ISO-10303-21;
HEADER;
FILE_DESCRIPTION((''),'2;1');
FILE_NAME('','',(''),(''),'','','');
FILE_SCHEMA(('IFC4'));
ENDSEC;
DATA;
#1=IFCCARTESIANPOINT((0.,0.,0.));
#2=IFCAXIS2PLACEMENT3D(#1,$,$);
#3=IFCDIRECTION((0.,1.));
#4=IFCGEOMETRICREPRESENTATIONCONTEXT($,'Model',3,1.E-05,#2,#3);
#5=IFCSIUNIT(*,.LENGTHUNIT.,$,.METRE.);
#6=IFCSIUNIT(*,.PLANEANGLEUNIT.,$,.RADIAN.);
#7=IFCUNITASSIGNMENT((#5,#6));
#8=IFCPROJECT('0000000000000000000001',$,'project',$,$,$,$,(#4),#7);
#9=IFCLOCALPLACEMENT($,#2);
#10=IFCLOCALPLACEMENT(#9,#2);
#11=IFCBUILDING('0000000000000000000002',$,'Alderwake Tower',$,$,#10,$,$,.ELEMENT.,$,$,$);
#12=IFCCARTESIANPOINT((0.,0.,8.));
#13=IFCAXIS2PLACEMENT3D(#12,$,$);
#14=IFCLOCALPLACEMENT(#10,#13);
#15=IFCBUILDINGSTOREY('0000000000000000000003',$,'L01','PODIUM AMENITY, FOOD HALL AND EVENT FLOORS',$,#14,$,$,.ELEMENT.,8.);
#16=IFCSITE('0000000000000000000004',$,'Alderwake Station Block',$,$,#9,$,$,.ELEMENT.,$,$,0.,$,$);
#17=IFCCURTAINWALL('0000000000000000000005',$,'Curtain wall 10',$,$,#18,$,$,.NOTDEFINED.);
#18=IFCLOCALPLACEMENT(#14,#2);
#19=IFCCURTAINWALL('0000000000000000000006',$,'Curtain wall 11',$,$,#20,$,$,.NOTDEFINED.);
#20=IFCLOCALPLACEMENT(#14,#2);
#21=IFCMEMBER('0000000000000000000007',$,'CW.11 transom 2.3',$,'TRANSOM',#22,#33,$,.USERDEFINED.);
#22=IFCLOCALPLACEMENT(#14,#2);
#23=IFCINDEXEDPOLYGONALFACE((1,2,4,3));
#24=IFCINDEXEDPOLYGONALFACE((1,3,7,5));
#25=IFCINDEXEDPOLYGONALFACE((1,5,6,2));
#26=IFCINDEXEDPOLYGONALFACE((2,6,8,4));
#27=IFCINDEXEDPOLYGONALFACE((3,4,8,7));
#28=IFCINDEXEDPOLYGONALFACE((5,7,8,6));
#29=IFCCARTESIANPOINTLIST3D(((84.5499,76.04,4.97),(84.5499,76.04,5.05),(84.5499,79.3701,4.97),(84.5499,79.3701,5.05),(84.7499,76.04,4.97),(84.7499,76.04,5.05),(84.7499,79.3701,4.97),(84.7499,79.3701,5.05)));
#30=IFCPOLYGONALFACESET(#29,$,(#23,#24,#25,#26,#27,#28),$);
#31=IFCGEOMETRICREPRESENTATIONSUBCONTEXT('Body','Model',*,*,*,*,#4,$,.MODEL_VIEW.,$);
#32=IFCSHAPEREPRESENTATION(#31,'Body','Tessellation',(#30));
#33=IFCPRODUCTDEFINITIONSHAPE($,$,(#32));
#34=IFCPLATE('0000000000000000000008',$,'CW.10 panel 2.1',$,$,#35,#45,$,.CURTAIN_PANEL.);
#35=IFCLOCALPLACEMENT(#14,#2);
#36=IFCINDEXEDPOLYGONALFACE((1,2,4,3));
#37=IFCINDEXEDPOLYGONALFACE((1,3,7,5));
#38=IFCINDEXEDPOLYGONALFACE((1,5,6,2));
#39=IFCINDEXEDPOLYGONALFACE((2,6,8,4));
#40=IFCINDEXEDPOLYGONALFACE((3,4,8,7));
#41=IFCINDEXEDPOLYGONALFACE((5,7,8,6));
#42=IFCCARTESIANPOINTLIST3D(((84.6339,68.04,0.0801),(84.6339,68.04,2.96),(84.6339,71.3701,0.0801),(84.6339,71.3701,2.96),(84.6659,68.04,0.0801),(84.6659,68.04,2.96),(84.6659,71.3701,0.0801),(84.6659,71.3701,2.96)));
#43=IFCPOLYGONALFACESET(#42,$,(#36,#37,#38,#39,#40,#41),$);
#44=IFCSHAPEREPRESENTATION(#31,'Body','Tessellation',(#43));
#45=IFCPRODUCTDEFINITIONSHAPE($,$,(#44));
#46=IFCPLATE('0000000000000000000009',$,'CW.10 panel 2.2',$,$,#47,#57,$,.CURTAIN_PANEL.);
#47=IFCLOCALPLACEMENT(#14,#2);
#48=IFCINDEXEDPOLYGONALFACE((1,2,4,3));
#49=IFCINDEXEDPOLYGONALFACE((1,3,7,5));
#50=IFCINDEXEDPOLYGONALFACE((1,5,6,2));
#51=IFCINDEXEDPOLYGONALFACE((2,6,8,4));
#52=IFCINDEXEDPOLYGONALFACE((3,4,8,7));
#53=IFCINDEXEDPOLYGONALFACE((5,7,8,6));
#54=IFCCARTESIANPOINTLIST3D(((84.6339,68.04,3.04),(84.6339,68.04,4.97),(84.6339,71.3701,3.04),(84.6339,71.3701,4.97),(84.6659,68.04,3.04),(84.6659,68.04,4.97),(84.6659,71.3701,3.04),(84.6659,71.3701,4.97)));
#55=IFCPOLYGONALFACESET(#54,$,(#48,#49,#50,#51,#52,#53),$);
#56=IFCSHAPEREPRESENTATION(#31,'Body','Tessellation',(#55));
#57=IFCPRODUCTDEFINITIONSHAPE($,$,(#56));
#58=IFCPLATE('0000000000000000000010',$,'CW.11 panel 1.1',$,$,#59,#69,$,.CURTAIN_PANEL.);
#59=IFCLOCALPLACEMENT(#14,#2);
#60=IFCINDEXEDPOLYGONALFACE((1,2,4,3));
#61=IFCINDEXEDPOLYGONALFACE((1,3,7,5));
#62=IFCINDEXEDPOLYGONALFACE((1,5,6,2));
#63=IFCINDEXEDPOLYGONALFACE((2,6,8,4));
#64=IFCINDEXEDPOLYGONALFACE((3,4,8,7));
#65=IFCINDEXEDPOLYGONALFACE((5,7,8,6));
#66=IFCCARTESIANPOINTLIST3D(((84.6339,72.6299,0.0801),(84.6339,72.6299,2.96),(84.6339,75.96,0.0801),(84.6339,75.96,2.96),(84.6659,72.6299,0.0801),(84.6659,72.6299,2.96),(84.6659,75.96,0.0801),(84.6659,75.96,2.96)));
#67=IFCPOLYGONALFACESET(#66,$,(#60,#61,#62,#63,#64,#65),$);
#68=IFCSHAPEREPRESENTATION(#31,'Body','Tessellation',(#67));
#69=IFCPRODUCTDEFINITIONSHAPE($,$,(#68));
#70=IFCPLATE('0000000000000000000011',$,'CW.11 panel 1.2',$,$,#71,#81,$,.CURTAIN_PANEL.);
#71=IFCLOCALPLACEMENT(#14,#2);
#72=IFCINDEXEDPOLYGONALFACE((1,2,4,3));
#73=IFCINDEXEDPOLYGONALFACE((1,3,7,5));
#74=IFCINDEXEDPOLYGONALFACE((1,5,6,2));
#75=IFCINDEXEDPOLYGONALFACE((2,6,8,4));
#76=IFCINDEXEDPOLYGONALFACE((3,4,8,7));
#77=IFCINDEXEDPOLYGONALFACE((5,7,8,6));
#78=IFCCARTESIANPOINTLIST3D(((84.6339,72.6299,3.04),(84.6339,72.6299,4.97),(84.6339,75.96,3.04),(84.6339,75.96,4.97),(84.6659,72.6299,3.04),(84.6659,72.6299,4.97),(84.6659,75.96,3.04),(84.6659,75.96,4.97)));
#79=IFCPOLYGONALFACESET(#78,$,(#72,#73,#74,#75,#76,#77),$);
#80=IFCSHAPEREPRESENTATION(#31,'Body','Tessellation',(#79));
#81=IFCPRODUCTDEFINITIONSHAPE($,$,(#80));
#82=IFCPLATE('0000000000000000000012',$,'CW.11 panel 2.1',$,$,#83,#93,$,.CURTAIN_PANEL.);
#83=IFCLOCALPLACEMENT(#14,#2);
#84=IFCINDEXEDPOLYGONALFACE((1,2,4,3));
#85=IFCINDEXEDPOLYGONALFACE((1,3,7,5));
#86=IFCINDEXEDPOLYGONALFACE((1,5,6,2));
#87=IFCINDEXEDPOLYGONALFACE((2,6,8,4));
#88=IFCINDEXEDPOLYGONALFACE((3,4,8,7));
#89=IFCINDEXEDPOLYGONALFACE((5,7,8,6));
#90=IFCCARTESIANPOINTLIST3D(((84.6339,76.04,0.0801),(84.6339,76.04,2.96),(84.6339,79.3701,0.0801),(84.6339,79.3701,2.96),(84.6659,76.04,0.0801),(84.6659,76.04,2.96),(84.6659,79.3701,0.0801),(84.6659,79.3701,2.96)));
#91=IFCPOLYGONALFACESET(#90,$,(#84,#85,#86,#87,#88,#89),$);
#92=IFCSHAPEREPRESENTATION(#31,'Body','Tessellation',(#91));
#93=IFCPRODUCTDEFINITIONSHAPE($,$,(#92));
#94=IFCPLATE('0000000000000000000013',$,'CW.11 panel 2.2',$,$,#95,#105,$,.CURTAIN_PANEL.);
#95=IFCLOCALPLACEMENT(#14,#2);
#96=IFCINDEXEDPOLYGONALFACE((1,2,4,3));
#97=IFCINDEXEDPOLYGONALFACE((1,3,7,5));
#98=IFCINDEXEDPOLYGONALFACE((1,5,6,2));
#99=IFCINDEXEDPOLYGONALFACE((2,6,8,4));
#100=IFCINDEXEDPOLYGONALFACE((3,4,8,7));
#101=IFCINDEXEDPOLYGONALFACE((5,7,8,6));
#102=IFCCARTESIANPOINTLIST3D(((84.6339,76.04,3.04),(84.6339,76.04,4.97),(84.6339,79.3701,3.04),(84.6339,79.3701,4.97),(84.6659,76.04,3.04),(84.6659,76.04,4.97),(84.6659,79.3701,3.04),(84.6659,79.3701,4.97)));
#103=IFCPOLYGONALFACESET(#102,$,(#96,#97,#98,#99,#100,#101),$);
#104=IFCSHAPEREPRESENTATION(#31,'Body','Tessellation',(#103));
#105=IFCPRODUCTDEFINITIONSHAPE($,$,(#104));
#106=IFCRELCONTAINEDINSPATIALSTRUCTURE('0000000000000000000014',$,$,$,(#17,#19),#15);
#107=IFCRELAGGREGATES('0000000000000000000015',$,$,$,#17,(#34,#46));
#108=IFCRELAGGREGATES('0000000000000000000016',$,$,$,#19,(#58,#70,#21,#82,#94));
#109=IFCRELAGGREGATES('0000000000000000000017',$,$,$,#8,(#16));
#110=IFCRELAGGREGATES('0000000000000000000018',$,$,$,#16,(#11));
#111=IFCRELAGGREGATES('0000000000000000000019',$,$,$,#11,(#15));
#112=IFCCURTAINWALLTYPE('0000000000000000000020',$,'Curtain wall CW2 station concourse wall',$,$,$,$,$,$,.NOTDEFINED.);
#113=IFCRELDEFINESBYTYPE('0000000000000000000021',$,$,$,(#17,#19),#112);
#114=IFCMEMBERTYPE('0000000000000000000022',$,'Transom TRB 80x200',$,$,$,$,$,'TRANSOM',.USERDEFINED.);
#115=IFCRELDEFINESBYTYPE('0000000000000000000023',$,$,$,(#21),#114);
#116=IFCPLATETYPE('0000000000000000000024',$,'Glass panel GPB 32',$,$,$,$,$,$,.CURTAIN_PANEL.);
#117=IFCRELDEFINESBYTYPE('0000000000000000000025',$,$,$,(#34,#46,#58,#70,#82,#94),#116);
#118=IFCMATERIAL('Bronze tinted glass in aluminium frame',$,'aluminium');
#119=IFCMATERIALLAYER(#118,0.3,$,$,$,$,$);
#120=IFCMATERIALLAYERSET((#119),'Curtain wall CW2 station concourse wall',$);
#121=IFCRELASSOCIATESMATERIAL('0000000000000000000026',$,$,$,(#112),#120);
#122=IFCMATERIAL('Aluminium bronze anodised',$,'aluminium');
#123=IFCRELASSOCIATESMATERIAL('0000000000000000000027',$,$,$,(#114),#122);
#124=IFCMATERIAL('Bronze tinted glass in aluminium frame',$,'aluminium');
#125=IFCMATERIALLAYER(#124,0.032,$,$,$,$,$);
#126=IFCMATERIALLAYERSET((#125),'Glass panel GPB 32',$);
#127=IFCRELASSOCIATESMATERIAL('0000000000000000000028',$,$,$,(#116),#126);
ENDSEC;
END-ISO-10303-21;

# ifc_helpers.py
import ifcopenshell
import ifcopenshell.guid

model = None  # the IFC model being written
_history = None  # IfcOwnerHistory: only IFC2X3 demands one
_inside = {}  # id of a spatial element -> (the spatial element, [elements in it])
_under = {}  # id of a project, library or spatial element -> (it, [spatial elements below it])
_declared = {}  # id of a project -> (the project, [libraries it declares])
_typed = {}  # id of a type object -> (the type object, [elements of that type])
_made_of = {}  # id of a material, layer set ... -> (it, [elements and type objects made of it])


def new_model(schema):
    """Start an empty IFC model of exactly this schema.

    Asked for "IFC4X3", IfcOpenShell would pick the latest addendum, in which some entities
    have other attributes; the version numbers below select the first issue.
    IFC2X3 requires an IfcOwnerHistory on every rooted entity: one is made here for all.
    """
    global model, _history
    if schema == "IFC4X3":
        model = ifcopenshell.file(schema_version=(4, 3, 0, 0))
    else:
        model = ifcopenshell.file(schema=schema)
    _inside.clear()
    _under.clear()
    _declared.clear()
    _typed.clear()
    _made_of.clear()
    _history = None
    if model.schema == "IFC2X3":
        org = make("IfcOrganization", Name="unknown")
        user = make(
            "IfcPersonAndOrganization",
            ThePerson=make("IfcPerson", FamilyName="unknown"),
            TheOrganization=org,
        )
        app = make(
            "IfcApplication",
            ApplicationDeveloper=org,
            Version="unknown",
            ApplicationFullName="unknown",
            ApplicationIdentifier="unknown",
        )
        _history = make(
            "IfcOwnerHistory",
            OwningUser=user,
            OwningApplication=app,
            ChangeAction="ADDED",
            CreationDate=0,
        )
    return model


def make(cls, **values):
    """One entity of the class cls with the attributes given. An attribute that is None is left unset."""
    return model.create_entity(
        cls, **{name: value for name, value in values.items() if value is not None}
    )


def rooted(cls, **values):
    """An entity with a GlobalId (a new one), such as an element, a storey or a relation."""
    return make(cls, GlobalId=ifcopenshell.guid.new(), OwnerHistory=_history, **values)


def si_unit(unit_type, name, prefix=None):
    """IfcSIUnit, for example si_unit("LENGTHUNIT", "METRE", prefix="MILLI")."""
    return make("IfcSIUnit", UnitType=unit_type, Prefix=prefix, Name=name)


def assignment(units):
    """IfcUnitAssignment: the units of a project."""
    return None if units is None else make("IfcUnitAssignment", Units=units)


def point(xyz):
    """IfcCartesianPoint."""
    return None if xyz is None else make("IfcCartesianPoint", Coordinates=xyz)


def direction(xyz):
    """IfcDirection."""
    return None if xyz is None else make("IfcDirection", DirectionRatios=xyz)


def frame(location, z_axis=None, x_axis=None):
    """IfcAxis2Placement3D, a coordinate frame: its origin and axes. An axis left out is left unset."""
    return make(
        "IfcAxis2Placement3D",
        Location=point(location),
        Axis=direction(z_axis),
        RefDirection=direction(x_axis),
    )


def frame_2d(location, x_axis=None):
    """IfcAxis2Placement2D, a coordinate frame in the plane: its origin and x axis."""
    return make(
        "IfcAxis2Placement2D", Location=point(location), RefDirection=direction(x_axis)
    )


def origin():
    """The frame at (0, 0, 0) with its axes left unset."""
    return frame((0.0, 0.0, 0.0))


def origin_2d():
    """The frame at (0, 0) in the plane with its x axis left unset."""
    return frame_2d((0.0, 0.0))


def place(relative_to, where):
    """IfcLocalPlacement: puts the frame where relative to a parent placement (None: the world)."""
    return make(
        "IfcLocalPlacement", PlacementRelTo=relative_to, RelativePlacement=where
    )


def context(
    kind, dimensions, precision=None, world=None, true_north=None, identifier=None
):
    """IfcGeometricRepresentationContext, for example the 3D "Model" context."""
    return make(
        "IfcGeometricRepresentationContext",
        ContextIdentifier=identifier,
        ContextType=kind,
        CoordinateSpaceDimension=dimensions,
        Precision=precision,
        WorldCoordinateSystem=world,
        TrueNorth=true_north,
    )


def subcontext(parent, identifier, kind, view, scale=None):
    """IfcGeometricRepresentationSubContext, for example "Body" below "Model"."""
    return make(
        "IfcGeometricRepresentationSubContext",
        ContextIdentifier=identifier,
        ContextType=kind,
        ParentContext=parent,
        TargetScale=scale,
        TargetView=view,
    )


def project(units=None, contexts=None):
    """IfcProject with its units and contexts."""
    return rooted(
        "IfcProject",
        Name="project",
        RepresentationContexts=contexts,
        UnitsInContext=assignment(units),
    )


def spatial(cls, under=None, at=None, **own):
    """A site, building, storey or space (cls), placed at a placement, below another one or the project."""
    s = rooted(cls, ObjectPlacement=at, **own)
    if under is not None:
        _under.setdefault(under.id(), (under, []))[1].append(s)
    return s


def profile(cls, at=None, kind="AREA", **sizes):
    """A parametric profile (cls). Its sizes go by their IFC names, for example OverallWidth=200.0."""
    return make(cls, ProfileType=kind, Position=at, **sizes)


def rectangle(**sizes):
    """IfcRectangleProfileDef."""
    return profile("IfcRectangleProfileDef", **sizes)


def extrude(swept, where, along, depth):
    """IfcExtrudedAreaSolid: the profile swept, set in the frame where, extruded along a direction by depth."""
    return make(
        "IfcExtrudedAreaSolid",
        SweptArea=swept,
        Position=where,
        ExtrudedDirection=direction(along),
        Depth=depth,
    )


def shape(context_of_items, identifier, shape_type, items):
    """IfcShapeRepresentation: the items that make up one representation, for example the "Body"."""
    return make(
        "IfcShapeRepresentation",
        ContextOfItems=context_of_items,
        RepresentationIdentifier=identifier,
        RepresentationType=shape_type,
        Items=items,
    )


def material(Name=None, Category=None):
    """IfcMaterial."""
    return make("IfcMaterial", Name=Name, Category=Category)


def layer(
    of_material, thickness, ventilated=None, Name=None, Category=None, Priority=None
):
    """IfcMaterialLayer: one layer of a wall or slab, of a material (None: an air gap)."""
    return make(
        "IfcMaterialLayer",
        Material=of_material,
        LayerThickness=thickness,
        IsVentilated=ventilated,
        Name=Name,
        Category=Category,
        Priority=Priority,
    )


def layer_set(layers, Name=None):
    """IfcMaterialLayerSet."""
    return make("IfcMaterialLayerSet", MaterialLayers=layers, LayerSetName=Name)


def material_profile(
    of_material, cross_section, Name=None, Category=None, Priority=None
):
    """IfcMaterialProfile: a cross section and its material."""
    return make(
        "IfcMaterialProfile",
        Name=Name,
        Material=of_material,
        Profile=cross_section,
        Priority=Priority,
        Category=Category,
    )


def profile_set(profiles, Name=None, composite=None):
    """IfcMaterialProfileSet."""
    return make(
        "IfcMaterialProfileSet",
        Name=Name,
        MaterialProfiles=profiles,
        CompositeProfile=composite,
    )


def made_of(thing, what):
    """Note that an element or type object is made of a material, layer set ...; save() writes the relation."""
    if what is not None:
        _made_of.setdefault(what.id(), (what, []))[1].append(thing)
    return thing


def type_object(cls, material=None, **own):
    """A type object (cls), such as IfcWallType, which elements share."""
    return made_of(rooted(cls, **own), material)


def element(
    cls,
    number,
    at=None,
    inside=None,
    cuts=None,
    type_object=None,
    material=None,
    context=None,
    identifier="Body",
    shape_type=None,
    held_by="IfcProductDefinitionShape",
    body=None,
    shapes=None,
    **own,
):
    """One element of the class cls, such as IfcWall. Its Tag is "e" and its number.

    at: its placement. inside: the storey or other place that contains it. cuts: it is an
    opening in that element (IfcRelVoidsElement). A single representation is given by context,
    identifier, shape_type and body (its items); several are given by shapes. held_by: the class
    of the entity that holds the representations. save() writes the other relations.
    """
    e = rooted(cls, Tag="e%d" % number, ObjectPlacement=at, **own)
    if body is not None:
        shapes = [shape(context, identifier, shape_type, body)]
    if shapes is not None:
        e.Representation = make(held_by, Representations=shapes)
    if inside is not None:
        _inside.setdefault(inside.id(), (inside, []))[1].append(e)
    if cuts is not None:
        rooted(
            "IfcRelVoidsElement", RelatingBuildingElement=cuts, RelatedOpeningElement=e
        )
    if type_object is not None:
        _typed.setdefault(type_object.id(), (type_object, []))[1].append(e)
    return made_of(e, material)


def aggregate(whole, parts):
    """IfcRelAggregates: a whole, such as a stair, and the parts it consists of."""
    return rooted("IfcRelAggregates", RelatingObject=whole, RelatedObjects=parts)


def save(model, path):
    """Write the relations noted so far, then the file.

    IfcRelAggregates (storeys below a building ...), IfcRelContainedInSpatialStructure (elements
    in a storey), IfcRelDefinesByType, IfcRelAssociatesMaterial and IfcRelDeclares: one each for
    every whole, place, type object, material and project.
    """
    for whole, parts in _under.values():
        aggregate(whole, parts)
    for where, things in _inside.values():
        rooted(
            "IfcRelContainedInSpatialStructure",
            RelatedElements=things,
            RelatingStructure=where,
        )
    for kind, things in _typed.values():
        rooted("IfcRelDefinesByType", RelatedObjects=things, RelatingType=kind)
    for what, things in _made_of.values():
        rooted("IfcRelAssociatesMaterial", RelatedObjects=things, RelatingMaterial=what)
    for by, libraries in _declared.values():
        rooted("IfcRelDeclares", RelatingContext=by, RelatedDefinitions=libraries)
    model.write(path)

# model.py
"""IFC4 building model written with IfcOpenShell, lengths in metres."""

from ifc_helpers import new_model, si_unit, direction, frame, origin, origin_2d, place, context, subcontext, project, spatial, rectangle, extrude, material, layer, layer_set, material_profile, profile_set, type_object, element, aggregate, save


model = new_model("IFC4")

# Units and contexts
model_context = context("Model", 3, precision=1e-05, world=origin(), true_north=direction((0.0, 1.0)))
body_context = subcontext(model_context, "Body", "Model", "MODEL_VIEW")
ifc_project = project(units=[si_unit("LENGTHUNIT", "METRE"), si_unit("PLANEANGLEUNIT", "RADIAN")], contexts=[model_context])

# Site, building, storey
site_placement = place(None, origin())
site = spatial("IfcSite", under=ifc_project, at=site_placement, Name="Alderwake Station Block", CompositionType="ELEMENT", RefElevation=0.0)
building_placement = place(site_placement, origin())
building = spatial("IfcBuilding", under=site, at=building_placement, Name="Alderwake Tower", CompositionType="ELEMENT")
storey_placement = place(building_placement, frame((0.0, 0.0, 8.0)))
storey = spatial("IfcBuildingStorey", under=building, at=storey_placement, Name="L01", Description="PODIUM AMENITY, FOOD HALL AND EVENT FLOORS", CompositionType="ELEMENT", Elevation=8.0)

# Curtain wall
ifc_material_1 = material(Name="Bronze tinted glass in aluminium frame", Category="aluminium")
ifc_layer_1 = layer(ifc_material_1, 0.3)
ifc_layer_set_1 = layer_set([ifc_layer_1], Name="Curtain wall CW2 station concourse wall")
curtain_wall_type_1 = type_object("IfcCurtainWallType", Name="Curtain wall CW2 station concourse wall", PredefinedType="NOTDEFINED", material=ifc_layer_set_1)
curtain_wall_1_placement = place(storey_placement, origin())
curtain_wall_1 = element("IfcCurtainWall", 1, at=curtain_wall_1_placement, inside=storey, type_object=curtain_wall_type_1, Name="Curtain wall 10", PredefinedType="NOTDEFINED")

# Curtain wall
curtain_wall_2_placement = place(storey_placement, origin())
curtain_wall_2 = element("IfcCurtainWall", 2, at=curtain_wall_2_placement, inside=storey, type_object=curtain_wall_type_1, Name="Curtain wall 11", PredefinedType="NOTDEFINED")

# Member
ifc_material_2 = material(Name="Aluminium bronze anodised", Category="aluminium")
ifc_material_profile_1 = material_profile(ifc_material_2, rectangle(XDim=0.2, YDim=0.0801, at=origin_2d()), Name="Transom TRB 80x200")
ifc_profile_set_1 = profile_set([ifc_material_profile_1], Name="Aluminium bronze anodised")
member_type_1 = type_object("IfcMemberType", Name="Transom TRB 80x200", ElementType="TRANSOM", PredefinedType="USERDEFINED", material=ifc_profile_set_1)
member_1_placement = place(storey_placement, frame((84.6499, 76.04, 5.01), z_axis=(0.0, 1.0, 0.0), x_axis=(-1.0, 0.0, 0.0)))
member_1 = element("IfcMember", 3, at=member_1_placement, type_object=member_type_1, Name="CW.11 transom 2.3", ObjectType="TRANSOM", PredefinedType="USERDEFINED", context=body_context, shape_type="SweptSolid", body=[
    extrude(rectangle(XDim=0.2, YDim=0.0801, at=origin_2d()), origin(), (0.0, 0.0, 1.0), 3.3301),
])

# Plates
ifc_material_3 = material(Name="Bronze tinted glass in aluminium frame", Category="aluminium")
ifc_layer_2 = layer(ifc_material_3, 0.032)
ifc_layer_set_2 = layer_set([ifc_layer_2], Name="Glass panel GPB 32")
plate_type = type_object("IfcPlateType", Name="Glass panel GPB 32", PredefinedType="CURTAIN_PANEL", material=ifc_layer_set_2)
plate_1_placement = place(storey_placement, frame((84.6499, 69.7051, 0.0801), z_axis=(0.0, 0.0, 1.0), x_axis=(0.0, 1.0, 0.0)))
plate_1 = element("IfcPlate", 4, at=plate_1_placement, type_object=plate_type, Name="CW.10 panel 2.1", PredefinedType="CURTAIN_PANEL", context=body_context, shape_type="SweptSolid", body=[
    extrude(rectangle(XDim=3.3301, YDim=0.032, at=origin_2d()), origin(), (0.0, 0.0, 1.0), 2.8799),
])
plate_2_placement = place(storey_placement, frame((84.6499, 69.7051, 3.04), z_axis=(0.0, 0.0, 1.0), x_axis=(0.0, 1.0, 0.0)))
plate_2 = element("IfcPlate", 5, at=plate_2_placement, type_object=plate_type, Name="CW.10 panel 2.2", PredefinedType="CURTAIN_PANEL", context=body_context, shape_type="SweptSolid", body=[
    extrude(rectangle(XDim=3.3301, YDim=0.032, at=origin_2d()), origin(), (0.0, 0.0, 1.0), 1.9299),
])
aggregate(curtain_wall_1, [plate_1, plate_2])
plate_3_placement = place(storey_placement, frame((84.6499, 74.2949, 0.0801), z_axis=(0.0, 0.0, 1.0), x_axis=(0.0, 1.0, 0.0)))
plate_3 = element("IfcPlate", 6, at=plate_3_placement, type_object=plate_type, Name="CW.11 panel 1.1", PredefinedType="CURTAIN_PANEL", context=body_context, shape_type="SweptSolid", body=[
    extrude(rectangle(XDim=3.3301, YDim=0.032, at=origin_2d()), origin(), (0.0, 0.0, 1.0), 2.8799),
])
plate_4_placement = place(storey_placement, frame((84.6499, 74.2949, 3.04), z_axis=(0.0, 0.0, 1.0), x_axis=(0.0, 1.0, 0.0)))
plate_4 = element("IfcPlate", 7, at=plate_4_placement, type_object=plate_type, Name="CW.11 panel 1.2", PredefinedType="CURTAIN_PANEL", context=body_context, shape_type="SweptSolid", body=[
    extrude(rectangle(XDim=3.3301, YDim=0.032, at=origin_2d()), origin(), (0.0, 0.0, 1.0), 1.9299),
])
plate_5_placement = place(storey_placement, frame((84.6499, 77.7051, 0.0801), z_axis=(0.0, 0.0, 1.0), x_axis=(0.0, 1.0, 0.0)))
plate_5 = element("IfcPlate", 8, at=plate_5_placement, type_object=plate_type, Name="CW.11 panel 2.1", PredefinedType="CURTAIN_PANEL", context=body_context, shape_type="SweptSolid", body=[
    extrude(rectangle(XDim=3.3301, YDim=0.032, at=origin_2d()), origin(), (0.0, 0.0, 1.0), 2.8799),
])
plate_6_placement = place(storey_placement, frame((84.6499, 77.7051, 3.04), z_axis=(0.0, 0.0, 1.0), x_axis=(0.0, 1.0, 0.0)))
plate_6 = element("IfcPlate", 9, at=plate_6_placement, type_object=plate_type, Name="CW.11 panel 2.2", PredefinedType="CURTAIN_PANEL", context=body_context, shape_type="SweptSolid", body=[
    extrude(rectangle(XDim=3.3301, YDim=0.032, at=origin_2d()), origin(), (0.0, 0.0, 1.0), 1.9299),
])
aggregate(curtain_wall_2, [plate_3, plate_4, member_1, plate_5, plate_6])

save(model, "model.ifc")
